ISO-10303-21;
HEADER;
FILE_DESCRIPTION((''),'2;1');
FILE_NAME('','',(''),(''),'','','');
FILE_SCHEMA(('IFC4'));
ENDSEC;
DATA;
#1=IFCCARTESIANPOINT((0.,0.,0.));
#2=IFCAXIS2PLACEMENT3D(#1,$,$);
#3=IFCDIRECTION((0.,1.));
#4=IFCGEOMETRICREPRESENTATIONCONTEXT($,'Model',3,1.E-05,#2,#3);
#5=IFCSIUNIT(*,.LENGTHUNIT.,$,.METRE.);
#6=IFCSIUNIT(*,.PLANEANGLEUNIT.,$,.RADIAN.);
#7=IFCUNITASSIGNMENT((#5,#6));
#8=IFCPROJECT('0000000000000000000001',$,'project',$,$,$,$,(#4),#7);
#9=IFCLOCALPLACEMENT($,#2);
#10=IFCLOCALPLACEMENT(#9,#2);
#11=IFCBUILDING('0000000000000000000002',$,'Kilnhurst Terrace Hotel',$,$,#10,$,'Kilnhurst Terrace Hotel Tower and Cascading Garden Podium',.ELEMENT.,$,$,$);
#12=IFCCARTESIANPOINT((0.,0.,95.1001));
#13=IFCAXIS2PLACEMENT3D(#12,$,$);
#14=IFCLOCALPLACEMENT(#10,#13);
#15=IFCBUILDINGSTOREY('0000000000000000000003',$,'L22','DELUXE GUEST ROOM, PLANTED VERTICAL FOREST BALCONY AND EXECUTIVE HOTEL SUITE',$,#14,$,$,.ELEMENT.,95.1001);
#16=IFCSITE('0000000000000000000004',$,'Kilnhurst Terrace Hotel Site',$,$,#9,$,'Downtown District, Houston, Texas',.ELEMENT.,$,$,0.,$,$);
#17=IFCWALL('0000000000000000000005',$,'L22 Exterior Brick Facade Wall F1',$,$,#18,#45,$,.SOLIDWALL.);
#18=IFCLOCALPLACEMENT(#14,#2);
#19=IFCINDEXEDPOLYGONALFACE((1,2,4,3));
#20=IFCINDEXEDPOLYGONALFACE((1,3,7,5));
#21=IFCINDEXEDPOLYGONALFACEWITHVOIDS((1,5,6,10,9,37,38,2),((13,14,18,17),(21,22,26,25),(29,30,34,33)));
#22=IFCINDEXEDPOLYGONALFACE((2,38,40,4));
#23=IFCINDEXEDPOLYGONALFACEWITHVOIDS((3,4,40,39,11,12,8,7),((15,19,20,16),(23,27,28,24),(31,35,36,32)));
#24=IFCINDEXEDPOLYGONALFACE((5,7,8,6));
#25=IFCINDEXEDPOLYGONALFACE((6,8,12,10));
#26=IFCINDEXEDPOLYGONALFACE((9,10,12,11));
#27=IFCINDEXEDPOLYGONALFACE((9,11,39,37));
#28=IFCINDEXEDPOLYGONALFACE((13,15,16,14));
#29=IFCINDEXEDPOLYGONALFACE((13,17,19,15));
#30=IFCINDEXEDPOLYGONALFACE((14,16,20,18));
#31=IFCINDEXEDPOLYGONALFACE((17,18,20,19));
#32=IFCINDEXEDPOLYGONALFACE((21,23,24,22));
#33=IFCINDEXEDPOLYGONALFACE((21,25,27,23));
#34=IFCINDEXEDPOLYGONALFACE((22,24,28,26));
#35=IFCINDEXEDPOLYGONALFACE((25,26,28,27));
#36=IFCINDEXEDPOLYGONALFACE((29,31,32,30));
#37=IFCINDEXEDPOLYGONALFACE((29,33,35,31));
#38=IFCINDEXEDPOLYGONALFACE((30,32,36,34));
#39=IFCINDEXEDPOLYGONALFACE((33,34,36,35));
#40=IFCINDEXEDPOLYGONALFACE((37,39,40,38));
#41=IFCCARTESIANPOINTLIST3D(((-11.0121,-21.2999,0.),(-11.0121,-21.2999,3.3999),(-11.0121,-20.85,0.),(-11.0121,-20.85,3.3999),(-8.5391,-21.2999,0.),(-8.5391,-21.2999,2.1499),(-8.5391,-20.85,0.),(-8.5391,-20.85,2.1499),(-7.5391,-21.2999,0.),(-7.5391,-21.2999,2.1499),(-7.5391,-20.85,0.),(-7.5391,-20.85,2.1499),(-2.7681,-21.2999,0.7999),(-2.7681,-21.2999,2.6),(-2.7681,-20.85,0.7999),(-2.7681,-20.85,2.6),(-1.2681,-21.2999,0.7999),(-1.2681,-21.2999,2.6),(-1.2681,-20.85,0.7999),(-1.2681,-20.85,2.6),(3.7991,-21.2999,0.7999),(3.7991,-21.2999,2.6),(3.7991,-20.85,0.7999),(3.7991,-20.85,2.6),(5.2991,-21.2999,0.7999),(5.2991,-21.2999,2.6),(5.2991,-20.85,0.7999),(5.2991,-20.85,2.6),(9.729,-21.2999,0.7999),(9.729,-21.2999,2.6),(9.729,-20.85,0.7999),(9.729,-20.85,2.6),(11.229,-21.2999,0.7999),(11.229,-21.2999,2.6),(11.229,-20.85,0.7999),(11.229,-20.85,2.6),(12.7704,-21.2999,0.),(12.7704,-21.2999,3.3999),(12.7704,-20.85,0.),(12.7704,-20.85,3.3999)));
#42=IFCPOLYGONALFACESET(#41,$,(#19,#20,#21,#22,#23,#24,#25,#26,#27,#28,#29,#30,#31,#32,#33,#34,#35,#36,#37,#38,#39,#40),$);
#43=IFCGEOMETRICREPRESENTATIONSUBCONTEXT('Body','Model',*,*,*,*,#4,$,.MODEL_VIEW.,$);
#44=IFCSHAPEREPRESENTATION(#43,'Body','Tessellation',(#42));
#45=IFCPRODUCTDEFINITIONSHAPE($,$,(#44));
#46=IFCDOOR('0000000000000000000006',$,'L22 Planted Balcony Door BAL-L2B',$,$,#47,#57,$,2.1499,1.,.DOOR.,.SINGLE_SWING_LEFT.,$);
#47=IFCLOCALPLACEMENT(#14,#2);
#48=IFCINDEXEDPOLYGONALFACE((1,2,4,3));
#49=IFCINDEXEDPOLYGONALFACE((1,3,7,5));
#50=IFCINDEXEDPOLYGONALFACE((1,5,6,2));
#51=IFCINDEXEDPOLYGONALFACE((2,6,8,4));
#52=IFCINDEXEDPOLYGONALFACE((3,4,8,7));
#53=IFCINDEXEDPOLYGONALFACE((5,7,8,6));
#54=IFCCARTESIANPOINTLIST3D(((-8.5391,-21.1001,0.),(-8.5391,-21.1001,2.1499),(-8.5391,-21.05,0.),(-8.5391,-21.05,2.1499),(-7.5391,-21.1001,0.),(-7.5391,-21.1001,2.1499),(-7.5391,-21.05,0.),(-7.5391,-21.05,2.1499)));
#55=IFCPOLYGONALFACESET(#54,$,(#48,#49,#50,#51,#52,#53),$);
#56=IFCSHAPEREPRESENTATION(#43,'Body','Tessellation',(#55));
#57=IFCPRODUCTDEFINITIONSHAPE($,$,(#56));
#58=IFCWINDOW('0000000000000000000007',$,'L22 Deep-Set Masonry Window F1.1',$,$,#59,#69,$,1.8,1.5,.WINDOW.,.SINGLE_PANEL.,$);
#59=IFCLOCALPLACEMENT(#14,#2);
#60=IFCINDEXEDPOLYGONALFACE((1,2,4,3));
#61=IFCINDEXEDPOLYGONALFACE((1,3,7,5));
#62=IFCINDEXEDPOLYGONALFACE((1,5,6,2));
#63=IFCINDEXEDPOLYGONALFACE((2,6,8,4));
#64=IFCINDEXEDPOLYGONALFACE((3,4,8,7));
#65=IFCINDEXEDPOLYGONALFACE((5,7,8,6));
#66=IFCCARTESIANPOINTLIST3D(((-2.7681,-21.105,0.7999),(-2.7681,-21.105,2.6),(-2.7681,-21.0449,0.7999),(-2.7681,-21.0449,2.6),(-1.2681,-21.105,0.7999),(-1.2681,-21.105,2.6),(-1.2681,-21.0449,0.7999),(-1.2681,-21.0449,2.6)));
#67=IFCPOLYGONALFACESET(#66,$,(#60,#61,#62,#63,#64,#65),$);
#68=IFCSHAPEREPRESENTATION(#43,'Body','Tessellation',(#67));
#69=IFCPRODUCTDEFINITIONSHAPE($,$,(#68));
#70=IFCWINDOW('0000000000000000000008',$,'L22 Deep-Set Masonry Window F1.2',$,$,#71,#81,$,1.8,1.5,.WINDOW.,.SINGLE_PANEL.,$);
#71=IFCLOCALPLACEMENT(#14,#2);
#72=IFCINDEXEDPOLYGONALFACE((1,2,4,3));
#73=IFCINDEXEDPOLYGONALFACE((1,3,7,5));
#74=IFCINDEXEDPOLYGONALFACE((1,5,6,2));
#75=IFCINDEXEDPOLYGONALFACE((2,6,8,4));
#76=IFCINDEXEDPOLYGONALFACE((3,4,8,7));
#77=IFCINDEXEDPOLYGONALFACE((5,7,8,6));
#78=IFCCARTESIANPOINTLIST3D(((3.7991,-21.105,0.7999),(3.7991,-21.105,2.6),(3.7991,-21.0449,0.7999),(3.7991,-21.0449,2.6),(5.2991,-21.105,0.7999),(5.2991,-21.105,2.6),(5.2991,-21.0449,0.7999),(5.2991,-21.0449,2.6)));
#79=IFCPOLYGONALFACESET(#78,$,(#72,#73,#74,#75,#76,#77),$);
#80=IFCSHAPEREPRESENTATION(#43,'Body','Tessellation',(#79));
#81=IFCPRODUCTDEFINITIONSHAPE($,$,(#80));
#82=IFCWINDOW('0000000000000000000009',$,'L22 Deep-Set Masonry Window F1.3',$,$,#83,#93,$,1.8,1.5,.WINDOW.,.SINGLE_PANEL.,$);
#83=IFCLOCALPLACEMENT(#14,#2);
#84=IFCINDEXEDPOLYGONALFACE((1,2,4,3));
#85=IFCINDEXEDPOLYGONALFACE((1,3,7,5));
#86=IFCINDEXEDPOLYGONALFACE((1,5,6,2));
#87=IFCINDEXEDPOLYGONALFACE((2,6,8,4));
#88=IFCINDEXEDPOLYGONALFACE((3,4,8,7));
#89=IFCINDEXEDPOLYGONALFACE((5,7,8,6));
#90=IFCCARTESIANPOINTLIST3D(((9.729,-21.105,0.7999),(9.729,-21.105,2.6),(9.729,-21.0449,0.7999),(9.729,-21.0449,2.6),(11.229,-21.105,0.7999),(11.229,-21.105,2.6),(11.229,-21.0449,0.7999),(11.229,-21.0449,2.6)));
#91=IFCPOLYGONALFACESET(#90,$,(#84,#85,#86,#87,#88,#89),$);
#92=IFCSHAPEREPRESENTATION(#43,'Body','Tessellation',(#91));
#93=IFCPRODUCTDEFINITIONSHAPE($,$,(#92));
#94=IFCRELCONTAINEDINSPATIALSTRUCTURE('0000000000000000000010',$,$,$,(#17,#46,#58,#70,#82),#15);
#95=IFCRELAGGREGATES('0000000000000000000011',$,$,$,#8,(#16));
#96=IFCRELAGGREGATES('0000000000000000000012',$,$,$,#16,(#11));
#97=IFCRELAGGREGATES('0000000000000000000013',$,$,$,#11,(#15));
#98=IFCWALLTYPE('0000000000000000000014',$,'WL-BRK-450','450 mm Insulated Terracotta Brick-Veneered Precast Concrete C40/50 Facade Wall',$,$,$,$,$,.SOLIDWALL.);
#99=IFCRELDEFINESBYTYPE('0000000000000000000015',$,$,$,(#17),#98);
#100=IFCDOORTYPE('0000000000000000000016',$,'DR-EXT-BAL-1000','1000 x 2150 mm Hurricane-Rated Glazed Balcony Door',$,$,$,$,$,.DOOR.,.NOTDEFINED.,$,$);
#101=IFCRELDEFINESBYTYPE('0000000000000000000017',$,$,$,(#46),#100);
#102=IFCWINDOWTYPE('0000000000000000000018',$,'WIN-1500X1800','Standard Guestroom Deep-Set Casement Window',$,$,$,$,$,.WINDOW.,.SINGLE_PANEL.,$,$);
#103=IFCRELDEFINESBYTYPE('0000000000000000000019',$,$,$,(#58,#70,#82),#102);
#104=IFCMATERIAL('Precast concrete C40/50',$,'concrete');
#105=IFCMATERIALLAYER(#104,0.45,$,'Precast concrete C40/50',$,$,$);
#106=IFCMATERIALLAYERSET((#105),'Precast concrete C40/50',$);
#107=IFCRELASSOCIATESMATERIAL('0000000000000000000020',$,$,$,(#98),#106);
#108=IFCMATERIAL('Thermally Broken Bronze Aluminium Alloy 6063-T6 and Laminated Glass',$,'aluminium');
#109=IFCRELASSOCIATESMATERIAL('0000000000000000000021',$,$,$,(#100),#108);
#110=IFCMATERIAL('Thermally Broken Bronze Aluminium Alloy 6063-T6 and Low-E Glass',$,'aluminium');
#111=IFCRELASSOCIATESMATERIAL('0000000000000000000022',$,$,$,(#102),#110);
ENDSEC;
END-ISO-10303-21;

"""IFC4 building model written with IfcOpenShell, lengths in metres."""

from ifc_helpers import new_model, si_unit, direction, frame, frame_2d, origin, place, context, subcontext, project, spatial, rectangle, extrude, material, layer, layer_set, type_object, element, fill, save


model = new_model("IFC4")

# Units and contexts
model_context = context("Model", 3, precision=1e-05, world=origin(), true_north=direction((0.0, 1.0)))
body_context = subcontext(model_context, "Body", "Model", "MODEL_VIEW")
ifc_project = project(units=[si_unit("LENGTHUNIT", "METRE"), si_unit("PLANEANGLEUNIT", "RADIAN")], contexts=[model_context])

# Site, building, storey
site_placement = place(None, origin())
site = spatial("IfcSite", under=ifc_project, at=site_placement, Name="Kilnhurst Terrace Hotel Site", LongName="Downtown District, Houston, Texas", CompositionType="ELEMENT", RefElevation=0.0)
building_placement = place(site_placement, origin())
building = spatial("IfcBuilding", under=site, at=building_placement, Name="Kilnhurst Terrace Hotel", LongName="Kilnhurst Terrace Hotel Tower and Cascading Garden Podium", CompositionType="ELEMENT")
storey_placement = place(building_placement, frame((0.0, 0.0, 95.1001)))
storey = spatial("IfcBuildingStorey", under=building, at=storey_placement, Name="L22", Description="DELUXE GUEST ROOM, PLANTED VERTICAL FOREST BALCONY AND EXECUTIVE HOTEL SUITE", CompositionType="ELEMENT", Elevation=95.1001)

# Shared definitions
ifc_material_1 = material(Name="Precast concrete C40/50", Category="concrete")
ifc_layer_1 = layer(ifc_material_1, 0.45, Name="Precast concrete C40/50")
ifc_layer_set_1 = layer_set([ifc_layer_1], Name="Precast concrete C40/50")
wall_type_1 = type_object("IfcWallType", Name="WL-BRK-450", Description="450 mm Insulated Terracotta Brick-Veneered Precast Concrete C40/50 Facade Wall", PredefinedType="SOLIDWALL", material=ifc_layer_set_1)

# Wall, openings, door, windows
wall_1_placement = place(storey_placement, frame((-11.012, -21.075, 0.0), z_axis=(0.0, 0.0, 1.0), x_axis=(1.0, 0.0, 0.0)))
wall_1 = element("IfcWall", 1, at=wall_1_placement, inside=storey, type_object=wall_type_1, Name="L22 Exterior Brick Facade Wall F1", PredefinedType="SOLIDWALL", context=body_context, shape_type="SweptSolid", body=[
    extrude(rectangle(XDim=23.7825, YDim=0.45, at=frame_2d((11.8911, 0.0))), origin(), (0.0, 0.0, 1.0), 3.3999),
])
opening_1_placement = place(wall_1_placement, frame((2.4729, 0.0, 0.0)))
opening_1 = element("IfcOpeningElement", 2, at=opening_1_placement, cuts=wall_1, PredefinedType="OPENING", context=body_context, shape_type="SweptSolid", body=[
    extrude(rectangle(XDim=1.0, YDim=2.1499, at=frame_2d((0.5, 1.075))), frame((0.0, 0.2349, 0.0), z_axis=(0.0, -1.0, 0.0), x_axis=(1.0, 0.0, 0.0)), (0.0, 0.0, 1.0), 0.47),
])
opening_2_placement = place(wall_1_placement, frame((8.2439, 0.0, 0.8)))
opening_2 = element("IfcOpeningElement", 3, at=opening_2_placement, cuts=wall_1, PredefinedType="OPENING", context=body_context, shape_type="SweptSolid", body=[
    extrude(rectangle(XDim=1.5, YDim=1.8, at=frame_2d((0.75, 0.8999))), frame((0.0, 0.2349, 0.0), z_axis=(0.0, -1.0, 0.0), x_axis=(1.0, 0.0, 0.0)), (0.0, 0.0, 1.0), 0.47),
])
opening_3_placement = place(wall_1_placement, frame((14.811, 0.0, 0.8)))
opening_3 = element("IfcOpeningElement", 4, at=opening_3_placement, cuts=wall_1, PredefinedType="OPENING", context=body_context, shape_type="SweptSolid", body=[
    extrude(rectangle(XDim=1.5, YDim=1.8, at=frame_2d((0.75, 0.8999))), frame((0.0, 0.2349, 0.0), z_axis=(0.0, -1.0, 0.0), x_axis=(1.0, 0.0, 0.0)), (0.0, 0.0, 1.0), 0.47),
])
opening_4_placement = place(wall_1_placement, frame((20.741, 0.0, 0.8)))
opening_4 = element("IfcOpeningElement", 5, at=opening_4_placement, cuts=wall_1, PredefinedType="OPENING", context=body_context, shape_type="SweptSolid", body=[
    extrude(rectangle(XDim=1.5, YDim=1.8, at=frame_2d((0.75, 0.8999))), frame((0.0, 0.2349, 0.0), z_axis=(0.0, -1.0, 0.0), x_axis=(1.0, 0.0, 0.0)), (0.0, 0.0, 1.0), 0.47),
])
ifc_material_2 = material(Name="Thermally Broken Bronze Aluminium Alloy 6063-T6 and Laminated Glass", Category="aluminium")
door_type_1 = type_object("IfcDoorType", Name="DR-EXT-BAL-1000", Description="1000 x 2150 mm Hurricane-Rated Glazed Balcony Door", OperationType="NOTDEFINED", PredefinedType="DOOR", material=ifc_material_2)
door_1_placement = place(opening_1_placement, origin())
door_1 = element("IfcDoor", 6, at=door_1_placement, inside=storey, type_object=door_type_1, Name="L22 Planted Balcony Door BAL-L2B", OperationType="SINGLE_SWING_LEFT", OverallHeight=2.1499, OverallWidth=1.0, PredefinedType="DOOR", context=body_context, shape_type="SweptSolid", body=[
    extrude(rectangle(XDim=1.0, YDim=2.1499, at=frame_2d((0.5, 1.075))), frame((0.0, 0.0249, 0.0), z_axis=(0.0, -1.0, 0.0), x_axis=(1.0, 0.0, 0.0)), (0.0, 0.0, 1.0), 0.05),
])
fill(opening_1, door_1)
ifc_material_3 = material(Name="Thermally Broken Bronze Aluminium Alloy 6063-T6 and Low-E Glass", Category="aluminium")
window_type = type_object("IfcWindowType", Name="WIN-1500X1800", Description="Standard Guestroom Deep-Set Casement Window", PartitioningType="SINGLE_PANEL", PredefinedType="WINDOW", material=ifc_material_3)
window_1_placement = place(opening_2_placement, origin())
window_1 = element("IfcWindow", 7, at=window_1_placement, inside=storey, type_object=window_type, Name="L22 Deep-Set Masonry Window F1.1", OverallHeight=1.8, OverallWidth=1.5, PartitioningType="SINGLE_PANEL", PredefinedType="WINDOW", context=body_context, shape_type="SweptSolid", body=[
    extrude(rectangle(XDim=1.5, YDim=1.8, at=frame_2d((0.75, 0.8999))), frame((0.0, 0.03, 0.0), z_axis=(0.0, -1.0, 0.0), x_axis=(1.0, 0.0, 0.0)), (0.0, 0.0, 1.0), 0.0601),
])
fill(opening_2, window_1)
window_2_placement = place(opening_3_placement, origin())
window_2 = element("IfcWindow", 8, at=window_2_placement, inside=storey, type_object=window_type, Name="L22 Deep-Set Masonry Window F1.2", OverallHeight=1.8, OverallWidth=1.5, PartitioningType="SINGLE_PANEL", PredefinedType="WINDOW", context=body_context, shape_type="SweptSolid", body=[
    extrude(rectangle(XDim=1.5, YDim=1.8, at=frame_2d((0.75, 0.8999))), frame((0.0, 0.03, 0.0), z_axis=(0.0, -1.0, 0.0), x_axis=(1.0, 0.0, 0.0)), (0.0, 0.0, 1.0), 0.0601),
])
fill(opening_3, window_2)
window_3_placement = place(opening_4_placement, origin())
window_3 = element("IfcWindow", 9, at=window_3_placement, inside=storey, type_object=window_type, Name="L22 Deep-Set Masonry Window F1.3", OverallHeight=1.8, OverallWidth=1.5, PartitioningType="SINGLE_PANEL", PredefinedType="WINDOW", context=body_context, shape_type="SweptSolid", body=[
    extrude(rectangle(XDim=1.5, YDim=1.8, at=frame_2d((0.75, 0.8999))), frame((0.0, 0.03, 0.0), z_axis=(0.0, -1.0, 0.0), x_axis=(1.0, 0.0, 0.0)), (0.0, 0.0, 1.0), 0.0601),
])
fill(opening_4, window_3)

save(model, "model.ifc")
